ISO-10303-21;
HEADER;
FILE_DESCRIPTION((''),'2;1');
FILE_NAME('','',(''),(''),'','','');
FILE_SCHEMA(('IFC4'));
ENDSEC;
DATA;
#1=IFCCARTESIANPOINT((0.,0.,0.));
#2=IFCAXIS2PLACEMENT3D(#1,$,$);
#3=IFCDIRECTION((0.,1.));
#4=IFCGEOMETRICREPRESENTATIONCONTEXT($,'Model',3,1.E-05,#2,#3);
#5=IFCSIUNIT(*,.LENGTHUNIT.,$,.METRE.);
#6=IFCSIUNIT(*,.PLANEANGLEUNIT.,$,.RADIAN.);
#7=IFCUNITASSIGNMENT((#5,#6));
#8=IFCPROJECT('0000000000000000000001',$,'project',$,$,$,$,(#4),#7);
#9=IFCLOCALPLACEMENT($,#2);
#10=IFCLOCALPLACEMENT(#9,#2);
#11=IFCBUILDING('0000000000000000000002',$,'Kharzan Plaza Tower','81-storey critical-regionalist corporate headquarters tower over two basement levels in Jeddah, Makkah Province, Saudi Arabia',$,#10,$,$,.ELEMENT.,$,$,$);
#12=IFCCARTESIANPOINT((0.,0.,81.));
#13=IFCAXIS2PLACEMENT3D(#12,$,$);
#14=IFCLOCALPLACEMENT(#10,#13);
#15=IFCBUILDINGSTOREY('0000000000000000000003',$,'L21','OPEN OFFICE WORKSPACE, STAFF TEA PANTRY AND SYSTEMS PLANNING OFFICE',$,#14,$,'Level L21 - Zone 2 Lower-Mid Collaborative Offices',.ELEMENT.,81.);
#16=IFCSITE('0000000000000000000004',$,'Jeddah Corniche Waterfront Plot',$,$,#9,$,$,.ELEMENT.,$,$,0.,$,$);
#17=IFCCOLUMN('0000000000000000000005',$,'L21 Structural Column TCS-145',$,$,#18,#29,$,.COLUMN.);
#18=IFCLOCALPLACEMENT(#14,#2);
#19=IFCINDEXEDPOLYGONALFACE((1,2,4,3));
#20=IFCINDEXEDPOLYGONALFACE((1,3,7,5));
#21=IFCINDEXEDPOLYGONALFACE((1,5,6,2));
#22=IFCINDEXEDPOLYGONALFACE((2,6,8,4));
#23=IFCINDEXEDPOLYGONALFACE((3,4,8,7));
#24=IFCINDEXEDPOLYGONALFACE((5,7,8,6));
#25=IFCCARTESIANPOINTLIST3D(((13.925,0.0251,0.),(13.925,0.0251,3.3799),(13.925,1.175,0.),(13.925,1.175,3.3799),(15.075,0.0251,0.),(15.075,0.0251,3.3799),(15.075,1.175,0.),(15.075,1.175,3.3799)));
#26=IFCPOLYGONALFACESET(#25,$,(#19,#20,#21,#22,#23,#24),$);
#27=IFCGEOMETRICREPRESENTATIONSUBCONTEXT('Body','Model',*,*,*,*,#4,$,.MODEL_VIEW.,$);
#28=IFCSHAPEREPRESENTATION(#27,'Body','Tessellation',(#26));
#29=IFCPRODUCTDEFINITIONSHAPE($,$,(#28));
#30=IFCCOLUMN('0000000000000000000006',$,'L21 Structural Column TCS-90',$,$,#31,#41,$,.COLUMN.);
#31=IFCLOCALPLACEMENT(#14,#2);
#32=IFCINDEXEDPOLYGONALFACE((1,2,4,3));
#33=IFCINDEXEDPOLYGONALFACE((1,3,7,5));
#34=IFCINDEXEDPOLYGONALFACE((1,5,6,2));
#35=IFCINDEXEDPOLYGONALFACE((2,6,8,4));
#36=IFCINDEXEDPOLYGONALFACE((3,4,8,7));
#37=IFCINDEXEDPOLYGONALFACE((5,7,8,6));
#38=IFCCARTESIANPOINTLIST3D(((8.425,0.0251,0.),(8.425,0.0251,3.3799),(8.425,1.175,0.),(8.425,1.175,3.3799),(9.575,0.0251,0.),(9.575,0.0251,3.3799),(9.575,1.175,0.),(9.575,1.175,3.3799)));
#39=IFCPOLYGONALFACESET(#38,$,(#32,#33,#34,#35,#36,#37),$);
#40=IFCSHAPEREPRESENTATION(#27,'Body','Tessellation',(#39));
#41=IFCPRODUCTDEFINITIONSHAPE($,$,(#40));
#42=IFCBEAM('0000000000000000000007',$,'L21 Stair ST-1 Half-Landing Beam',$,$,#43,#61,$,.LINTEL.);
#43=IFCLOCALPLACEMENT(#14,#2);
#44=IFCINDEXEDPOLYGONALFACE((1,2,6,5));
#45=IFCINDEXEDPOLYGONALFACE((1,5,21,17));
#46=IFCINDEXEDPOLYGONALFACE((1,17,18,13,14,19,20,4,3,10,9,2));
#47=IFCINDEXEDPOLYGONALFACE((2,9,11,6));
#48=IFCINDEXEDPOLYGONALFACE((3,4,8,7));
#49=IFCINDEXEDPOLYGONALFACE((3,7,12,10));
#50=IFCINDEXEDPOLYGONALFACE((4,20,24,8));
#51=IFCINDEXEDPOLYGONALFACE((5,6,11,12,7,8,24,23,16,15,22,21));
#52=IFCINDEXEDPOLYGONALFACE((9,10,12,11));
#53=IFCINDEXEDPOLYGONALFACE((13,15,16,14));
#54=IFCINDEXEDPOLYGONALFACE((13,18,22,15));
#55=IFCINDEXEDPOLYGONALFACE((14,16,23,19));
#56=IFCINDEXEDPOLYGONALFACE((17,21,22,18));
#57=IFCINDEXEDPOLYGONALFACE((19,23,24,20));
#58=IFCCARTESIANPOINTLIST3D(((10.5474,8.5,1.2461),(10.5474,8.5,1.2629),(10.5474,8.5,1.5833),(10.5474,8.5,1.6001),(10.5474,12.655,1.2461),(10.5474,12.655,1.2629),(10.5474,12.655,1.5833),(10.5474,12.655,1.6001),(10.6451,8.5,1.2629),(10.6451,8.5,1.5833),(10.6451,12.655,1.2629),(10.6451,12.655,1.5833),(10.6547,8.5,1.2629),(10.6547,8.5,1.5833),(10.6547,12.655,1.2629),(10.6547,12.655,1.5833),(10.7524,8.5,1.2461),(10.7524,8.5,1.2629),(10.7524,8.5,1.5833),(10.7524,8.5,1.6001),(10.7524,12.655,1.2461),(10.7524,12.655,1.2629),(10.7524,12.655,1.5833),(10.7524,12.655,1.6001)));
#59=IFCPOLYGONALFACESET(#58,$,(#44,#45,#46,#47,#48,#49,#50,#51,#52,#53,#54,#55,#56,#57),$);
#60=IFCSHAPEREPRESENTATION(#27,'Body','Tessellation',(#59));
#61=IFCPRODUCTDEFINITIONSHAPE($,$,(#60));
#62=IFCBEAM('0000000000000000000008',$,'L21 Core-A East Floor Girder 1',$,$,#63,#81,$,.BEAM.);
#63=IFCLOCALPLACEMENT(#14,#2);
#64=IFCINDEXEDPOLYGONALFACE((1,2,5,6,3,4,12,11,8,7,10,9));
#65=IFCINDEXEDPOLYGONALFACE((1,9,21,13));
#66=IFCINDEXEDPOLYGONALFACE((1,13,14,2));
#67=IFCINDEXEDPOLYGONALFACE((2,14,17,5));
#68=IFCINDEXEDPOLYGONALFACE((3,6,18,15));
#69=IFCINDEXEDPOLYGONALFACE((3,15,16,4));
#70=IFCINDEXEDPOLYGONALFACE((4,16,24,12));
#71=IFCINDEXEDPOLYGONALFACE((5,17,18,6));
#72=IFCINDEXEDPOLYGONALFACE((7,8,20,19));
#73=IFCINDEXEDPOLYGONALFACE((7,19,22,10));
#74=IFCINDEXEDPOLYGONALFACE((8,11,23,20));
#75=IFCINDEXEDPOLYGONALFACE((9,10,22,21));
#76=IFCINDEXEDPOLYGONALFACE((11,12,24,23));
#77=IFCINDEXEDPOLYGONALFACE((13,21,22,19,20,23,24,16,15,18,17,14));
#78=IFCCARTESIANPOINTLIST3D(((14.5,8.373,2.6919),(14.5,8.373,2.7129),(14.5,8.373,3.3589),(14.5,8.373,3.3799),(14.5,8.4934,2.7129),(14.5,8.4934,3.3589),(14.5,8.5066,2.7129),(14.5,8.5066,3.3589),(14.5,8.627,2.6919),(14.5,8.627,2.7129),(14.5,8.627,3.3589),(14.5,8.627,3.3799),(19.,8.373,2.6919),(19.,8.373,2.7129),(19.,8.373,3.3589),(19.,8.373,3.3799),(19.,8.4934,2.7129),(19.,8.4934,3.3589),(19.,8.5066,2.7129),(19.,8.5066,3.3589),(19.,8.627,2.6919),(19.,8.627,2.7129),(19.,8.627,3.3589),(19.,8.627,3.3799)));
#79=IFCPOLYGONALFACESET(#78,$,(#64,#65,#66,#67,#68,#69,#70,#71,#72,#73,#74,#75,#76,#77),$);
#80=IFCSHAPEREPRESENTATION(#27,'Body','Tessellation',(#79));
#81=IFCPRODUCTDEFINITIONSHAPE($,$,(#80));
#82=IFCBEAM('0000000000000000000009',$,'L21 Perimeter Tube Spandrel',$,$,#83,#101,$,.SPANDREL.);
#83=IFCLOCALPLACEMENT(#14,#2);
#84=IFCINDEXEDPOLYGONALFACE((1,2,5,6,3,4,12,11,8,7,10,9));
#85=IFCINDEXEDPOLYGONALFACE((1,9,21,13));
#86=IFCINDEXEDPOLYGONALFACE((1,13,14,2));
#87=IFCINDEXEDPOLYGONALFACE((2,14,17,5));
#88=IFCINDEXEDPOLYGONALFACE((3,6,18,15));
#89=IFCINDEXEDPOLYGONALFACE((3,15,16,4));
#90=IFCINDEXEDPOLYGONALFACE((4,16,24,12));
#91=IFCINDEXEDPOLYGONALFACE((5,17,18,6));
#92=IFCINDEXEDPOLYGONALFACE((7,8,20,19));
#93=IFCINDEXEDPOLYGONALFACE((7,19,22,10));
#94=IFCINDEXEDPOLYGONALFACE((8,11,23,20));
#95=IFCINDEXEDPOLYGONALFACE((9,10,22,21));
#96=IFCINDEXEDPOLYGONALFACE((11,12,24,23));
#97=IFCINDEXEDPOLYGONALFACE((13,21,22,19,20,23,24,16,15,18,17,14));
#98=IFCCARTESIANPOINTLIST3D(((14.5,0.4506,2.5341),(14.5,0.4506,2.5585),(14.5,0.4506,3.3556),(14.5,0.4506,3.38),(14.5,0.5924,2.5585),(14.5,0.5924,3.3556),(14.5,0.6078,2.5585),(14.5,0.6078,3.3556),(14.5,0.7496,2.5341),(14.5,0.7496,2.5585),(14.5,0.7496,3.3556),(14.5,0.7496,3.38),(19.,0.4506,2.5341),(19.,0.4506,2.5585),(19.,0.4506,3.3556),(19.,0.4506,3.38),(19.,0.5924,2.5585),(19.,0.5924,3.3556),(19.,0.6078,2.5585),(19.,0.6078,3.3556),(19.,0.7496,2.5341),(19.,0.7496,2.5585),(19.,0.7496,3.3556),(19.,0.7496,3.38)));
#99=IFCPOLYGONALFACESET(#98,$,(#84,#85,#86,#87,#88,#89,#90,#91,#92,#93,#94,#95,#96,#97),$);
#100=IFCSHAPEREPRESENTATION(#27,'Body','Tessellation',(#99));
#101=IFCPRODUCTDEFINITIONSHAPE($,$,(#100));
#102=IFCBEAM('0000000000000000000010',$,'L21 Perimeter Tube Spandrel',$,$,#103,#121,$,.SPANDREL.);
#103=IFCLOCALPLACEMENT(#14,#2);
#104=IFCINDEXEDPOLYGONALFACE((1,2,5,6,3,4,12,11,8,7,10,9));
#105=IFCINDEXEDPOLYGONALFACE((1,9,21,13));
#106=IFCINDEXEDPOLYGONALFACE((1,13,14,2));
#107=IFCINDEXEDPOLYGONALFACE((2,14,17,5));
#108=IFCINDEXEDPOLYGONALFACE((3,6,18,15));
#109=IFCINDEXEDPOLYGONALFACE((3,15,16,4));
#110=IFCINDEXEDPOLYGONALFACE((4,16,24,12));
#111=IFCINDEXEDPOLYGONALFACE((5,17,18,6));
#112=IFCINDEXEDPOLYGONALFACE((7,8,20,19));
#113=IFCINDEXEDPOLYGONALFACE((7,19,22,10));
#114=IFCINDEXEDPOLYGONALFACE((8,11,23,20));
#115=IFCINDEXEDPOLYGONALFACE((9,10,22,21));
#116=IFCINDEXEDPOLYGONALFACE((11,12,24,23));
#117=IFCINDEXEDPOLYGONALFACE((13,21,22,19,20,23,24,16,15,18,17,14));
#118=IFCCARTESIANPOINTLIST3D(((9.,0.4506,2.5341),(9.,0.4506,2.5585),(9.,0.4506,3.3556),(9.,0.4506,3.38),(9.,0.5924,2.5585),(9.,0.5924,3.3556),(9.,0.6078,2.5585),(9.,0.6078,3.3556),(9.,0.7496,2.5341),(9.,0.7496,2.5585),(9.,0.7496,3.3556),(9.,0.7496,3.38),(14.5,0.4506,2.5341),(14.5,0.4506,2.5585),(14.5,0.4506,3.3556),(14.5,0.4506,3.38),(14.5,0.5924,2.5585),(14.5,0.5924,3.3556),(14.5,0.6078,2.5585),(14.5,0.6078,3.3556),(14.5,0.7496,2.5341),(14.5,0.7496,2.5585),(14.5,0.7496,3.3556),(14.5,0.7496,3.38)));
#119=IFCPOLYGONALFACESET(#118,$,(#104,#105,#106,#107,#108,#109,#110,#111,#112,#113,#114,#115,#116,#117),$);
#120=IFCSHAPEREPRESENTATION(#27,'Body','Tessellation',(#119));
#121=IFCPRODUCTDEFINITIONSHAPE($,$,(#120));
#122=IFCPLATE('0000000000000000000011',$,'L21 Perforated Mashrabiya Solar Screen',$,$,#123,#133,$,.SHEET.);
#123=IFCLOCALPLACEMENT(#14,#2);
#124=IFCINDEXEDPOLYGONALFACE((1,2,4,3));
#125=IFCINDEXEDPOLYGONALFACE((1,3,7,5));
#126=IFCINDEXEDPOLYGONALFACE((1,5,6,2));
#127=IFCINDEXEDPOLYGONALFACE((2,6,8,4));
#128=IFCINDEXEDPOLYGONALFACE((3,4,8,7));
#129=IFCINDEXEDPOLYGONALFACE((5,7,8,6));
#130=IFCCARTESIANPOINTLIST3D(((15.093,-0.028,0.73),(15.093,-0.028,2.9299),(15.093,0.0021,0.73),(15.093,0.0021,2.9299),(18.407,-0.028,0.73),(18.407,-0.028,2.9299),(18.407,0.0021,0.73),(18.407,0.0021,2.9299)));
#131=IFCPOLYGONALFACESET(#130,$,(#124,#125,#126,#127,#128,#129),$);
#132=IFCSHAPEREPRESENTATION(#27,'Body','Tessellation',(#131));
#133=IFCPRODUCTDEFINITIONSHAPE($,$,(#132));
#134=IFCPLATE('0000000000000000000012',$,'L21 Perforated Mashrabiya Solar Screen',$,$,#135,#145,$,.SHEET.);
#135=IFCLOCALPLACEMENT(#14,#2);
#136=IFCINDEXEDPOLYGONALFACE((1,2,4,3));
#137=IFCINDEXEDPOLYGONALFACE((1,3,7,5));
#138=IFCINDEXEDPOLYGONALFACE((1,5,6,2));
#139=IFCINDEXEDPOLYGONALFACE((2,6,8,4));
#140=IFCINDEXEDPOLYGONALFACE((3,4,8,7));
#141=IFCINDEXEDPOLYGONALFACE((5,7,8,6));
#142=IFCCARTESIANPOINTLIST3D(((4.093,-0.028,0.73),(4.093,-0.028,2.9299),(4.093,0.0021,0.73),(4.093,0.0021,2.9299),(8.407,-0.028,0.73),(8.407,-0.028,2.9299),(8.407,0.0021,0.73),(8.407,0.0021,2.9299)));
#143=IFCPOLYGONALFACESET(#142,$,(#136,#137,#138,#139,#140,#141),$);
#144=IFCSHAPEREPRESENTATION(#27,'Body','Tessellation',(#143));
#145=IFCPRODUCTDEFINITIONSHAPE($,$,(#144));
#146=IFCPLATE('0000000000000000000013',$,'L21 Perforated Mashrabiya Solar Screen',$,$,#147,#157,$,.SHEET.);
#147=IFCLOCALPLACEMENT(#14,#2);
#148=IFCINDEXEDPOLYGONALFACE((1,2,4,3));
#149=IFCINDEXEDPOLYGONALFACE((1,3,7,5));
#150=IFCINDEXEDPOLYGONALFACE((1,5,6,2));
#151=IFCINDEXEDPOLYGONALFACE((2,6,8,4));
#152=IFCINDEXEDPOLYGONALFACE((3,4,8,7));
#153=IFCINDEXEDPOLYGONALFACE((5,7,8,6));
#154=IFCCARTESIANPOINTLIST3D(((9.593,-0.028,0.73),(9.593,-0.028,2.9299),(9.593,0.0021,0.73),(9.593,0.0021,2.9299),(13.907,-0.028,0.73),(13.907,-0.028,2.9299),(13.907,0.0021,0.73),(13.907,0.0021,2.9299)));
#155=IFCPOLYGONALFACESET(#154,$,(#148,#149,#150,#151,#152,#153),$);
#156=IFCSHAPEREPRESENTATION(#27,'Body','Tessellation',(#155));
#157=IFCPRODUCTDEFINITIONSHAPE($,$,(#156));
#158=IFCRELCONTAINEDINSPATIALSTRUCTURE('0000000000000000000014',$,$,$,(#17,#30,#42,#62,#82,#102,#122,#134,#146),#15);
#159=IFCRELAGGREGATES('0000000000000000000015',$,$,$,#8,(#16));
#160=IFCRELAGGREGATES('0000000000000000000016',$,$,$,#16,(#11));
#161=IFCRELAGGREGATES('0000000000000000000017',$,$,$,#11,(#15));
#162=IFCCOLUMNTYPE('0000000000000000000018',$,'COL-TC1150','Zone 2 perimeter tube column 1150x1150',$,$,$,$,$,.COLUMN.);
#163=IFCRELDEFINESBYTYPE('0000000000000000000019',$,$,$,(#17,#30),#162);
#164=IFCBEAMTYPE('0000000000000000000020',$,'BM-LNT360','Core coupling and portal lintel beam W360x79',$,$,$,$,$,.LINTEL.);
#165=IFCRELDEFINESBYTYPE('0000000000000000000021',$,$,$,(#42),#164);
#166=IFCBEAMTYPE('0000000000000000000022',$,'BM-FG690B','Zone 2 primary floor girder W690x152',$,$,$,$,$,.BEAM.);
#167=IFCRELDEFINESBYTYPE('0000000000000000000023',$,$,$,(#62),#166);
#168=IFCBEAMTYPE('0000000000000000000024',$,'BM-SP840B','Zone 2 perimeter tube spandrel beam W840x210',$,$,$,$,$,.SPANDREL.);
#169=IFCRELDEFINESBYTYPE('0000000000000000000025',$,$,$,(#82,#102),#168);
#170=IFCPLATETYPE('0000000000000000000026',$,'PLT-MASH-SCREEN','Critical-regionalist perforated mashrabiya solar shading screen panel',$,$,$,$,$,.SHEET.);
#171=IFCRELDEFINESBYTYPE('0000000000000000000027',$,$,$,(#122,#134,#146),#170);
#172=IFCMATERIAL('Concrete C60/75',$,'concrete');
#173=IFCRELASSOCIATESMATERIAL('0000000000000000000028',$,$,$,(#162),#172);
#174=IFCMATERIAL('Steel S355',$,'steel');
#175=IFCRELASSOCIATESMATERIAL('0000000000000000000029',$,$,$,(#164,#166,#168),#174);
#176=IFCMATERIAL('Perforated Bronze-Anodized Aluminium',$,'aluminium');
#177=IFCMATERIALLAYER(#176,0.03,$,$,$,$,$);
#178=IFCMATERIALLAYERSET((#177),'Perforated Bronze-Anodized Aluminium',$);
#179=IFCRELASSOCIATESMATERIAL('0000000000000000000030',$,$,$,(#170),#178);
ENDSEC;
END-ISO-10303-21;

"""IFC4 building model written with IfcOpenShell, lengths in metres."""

from ifc_helpers import new_model, si_unit, direction, frame, origin, origin_2d, place, context, subcontext, project, spatial, rectangle, i_section, extrude, source, transform, mapped, material, layer, layer_set, material_profile, profile_set, type_object, element, save


model = new_model("IFC4")

# Units and contexts
model_context = context("Model", 3, precision=1e-05, world=origin(), true_north=direction((0.0, 1.0)))
body_context = subcontext(model_context, "Body", "Model", "MODEL_VIEW")
ifc_project = project(units=[si_unit("LENGTHUNIT", "METRE"), si_unit("PLANEANGLEUNIT", "RADIAN")], contexts=[model_context])

# Site, building, storey
site_placement = place(None, origin())
site = spatial("IfcSite", under=ifc_project, at=site_placement, Name="Jeddah Corniche Waterfront Plot", CompositionType="ELEMENT", RefElevation=0.0)
building_placement = place(site_placement, origin())
building = spatial("IfcBuilding", under=site, at=building_placement, Name="Kharzan Plaza Tower", Description="81-storey critical-regionalist corporate headquarters tower over two basement levels in Jeddah, Makkah Province, Saudi Arabia", CompositionType="ELEMENT")
storey_placement = place(building_placement, frame((0.0, 0.0, 81.0)))
storey = spatial("IfcBuildingStorey", under=building, at=storey_placement, Name="L21", Description="OPEN OFFICE WORKSPACE, STAFF TEA PANTRY AND SYSTEMS PLANNING OFFICE", LongName="Level L21 - Zone 2 Lower-Mid Collaborative Offices", CompositionType="ELEMENT", Elevation=81.0)

# Columns
ifc_material_1 = material(Name="Concrete C60/75", Category="concrete")
ifc_material_profile_1 = material_profile(ifc_material_1, rectangle(XDim=1.1499, YDim=1.1499, at=origin_2d()), Name="RC-TC1150x1150")
ifc_profile_set_1 = profile_set([ifc_material_profile_1], Name="Concrete C60/75")
column_type = type_object("IfcColumnType", Name="COL-TC1150", Description="Zone 2 perimeter tube column 1150x1150", PredefinedType="COLUMN", material=ifc_profile_set_1)
shared_shape_1 = source(origin(), body_context, "Body", "SweptSolid", [
    extrude(rectangle(XDim=1.1499, YDim=1.1499, at=origin_2d()), origin(), (0.0, 0.0, 1.0), 3.3799),
])
for number, where, z_axis, x_axis, name in (
    (1, (14.5, 0.6001, 0.0), (0.0, 0.0, 1.0), (1.0, 0.0, 0.0), "L21 Structural Column TCS-145"),
    (2, (9.0, 0.6001, 0.0), (0.0, 0.0, 1.0), (1.0, 0.0, 0.0), "L21 Structural Column TCS-90"),
):
    element("IfcColumn", number, at=place(storey_placement, frame(where, z_axis=z_axis, x_axis=x_axis)), inside=storey, type_object=column_type, Name=name, PredefinedType="COLUMN", context=body_context, shape_type="MappedRepresentation", body=[
        mapped(shared_shape_1, transform((0.0, 0.0, 0.0), x_axis=(1.0, 0.0, 0.0), y_axis=(0.0, 1.0, 0.0), z_axis=(0.0, 0.0, 1.0))),
    ])

# Beams
ifc_material_2 = material(Name="Steel S355", Category="steel")
ifc_material_profile_2 = material_profile(ifc_material_2, i_section(OverallWidth=0.2051, OverallDepth=0.354, WebThickness=0.0095, FlangeThickness=0.0168, at=origin_2d()), Name="W360x79")
ifc_profile_set_2 = profile_set([ifc_material_profile_2], Name="Steel S355")
beam_type_1 = type_object("IfcBeamType", Name="BM-LNT360", Description="Core coupling and portal lintel beam W360x79", PredefinedType="LINTEL", material=ifc_profile_set_2)
shared_shape_2 = source(origin(), body_context, "Body", "SweptSolid", [
    extrude(i_section(OverallWidth=0.2051, OverallDepth=0.354, WebThickness=0.0095, FlangeThickness=0.0168, at=origin_2d()), origin(), (0.0, 0.0, 1.0), 4.155),
])
beam_1_placement = place(storey_placement, frame((10.6499, 8.5, 1.4231), z_axis=(0.0, 1.0, 0.0), x_axis=(-1.0, 0.0, 0.0)))
element("IfcBeam", 3, at=beam_1_placement, inside=storey, type_object=beam_type_1, Name="L21 Stair ST-1 Half-Landing Beam", PredefinedType="LINTEL", context=body_context, shape_type="MappedRepresentation", body=[
    mapped(shared_shape_2, transform((0.0, 0.0, 0.0), x_axis=(1.0, 0.0, 0.0), y_axis=(0.0, 1.0, 0.0), z_axis=(0.0, 0.0, 1.0))),
])
ifc_material_profile_3 = material_profile(ifc_material_2, i_section(OverallWidth=0.2539, OverallDepth=0.688, WebThickness=0.0132, FlangeThickness=0.021, at=origin_2d()), Name="W690x152")
ifc_profile_set_3 = profile_set([ifc_material_profile_3], Name="Steel S355")
beam_type_2 = type_object("IfcBeamType", Name="BM-FG690B", Description="Zone 2 primary floor girder W690x152", PredefinedType="BEAM", material=ifc_profile_set_3)
shared_shape_3 = source(origin(), body_context, "Body", "SweptSolid", [
    extrude(i_section(OverallWidth=0.2539, OverallDepth=0.688, WebThickness=0.0132, FlangeThickness=0.021, at=origin_2d()), origin(), (0.0, 0.0, 1.0), 4.5),
])
beam_2_placement = place(storey_placement, frame((14.5, 8.5, 3.0359), z_axis=(1.0, 0.0, 0.0), x_axis=(0.0, 1.0, 0.0)))
element("IfcBeam", 4, at=beam_2_placement, inside=storey, type_object=beam_type_2, Name="L21 Core-A East Floor Girder 1", PredefinedType="BEAM", context=body_context, shape_type="MappedRepresentation", body=[
    mapped(shared_shape_3, transform((0.0, 0.0, 0.0), x_axis=(1.0, 0.0, 0.0), y_axis=(0.0, 1.0, 0.0), z_axis=(0.0, 0.0, 1.0))),
])
ifc_material_profile_4 = material_profile(ifc_material_2, i_section(OverallWidth=0.2991, OverallDepth=0.8459, WebThickness=0.0154, FlangeThickness=0.0244, at=origin_2d()), Name="W840x210")
ifc_profile_set_4 = profile_set([ifc_material_profile_4], Name="Steel S355")
beam_type_3 = type_object("IfcBeamType", Name="BM-SP840B", Description="Zone 2 perimeter tube spandrel beam W840x210", PredefinedType="SPANDREL", material=ifc_profile_set_4)
shared_shape_4 = source(origin(), body_context, "Body", "SweptSolid", [
    extrude(i_section(OverallWidth=0.2991, OverallDepth=0.8459, WebThickness=0.0154, FlangeThickness=0.0244, at=origin_2d()), origin(), (0.0, 0.0, 1.0), 4.5),
])
beam_3_placement = place(storey_placement, frame((14.5, 0.6001, 2.957), z_axis=(1.0, 0.0, 0.0), x_axis=(0.0, 1.0, 0.0)))
element("IfcBeam", 5, at=beam_3_placement, inside=storey, type_object=beam_type_3, Name="L21 Perimeter Tube Spandrel", PredefinedType="SPANDREL", context=body_context, shape_type="MappedRepresentation", body=[
    mapped(shared_shape_4, transform((0.0, 0.0, 0.0), x_axis=(1.0, 0.0, 0.0), y_axis=(0.0, 1.0, 0.0), z_axis=(0.0, 0.0, 1.0))),
])
shared_shape_5 = source(origin(), body_context, "Body", "SweptSolid", [
    extrude(i_section(OverallWidth=0.2991, OverallDepth=0.8459, WebThickness=0.0154, FlangeThickness=0.0244, at=origin_2d()), origin(), (0.0, 0.0, 1.0), 5.5),
])
beam_4_placement = place(storey_placement, frame((9.0, 0.6001, 2.957), z_axis=(1.0, 0.0, 0.0), x_axis=(0.0, 1.0, 0.0)))
element("IfcBeam", 6, at=beam_4_placement, inside=storey, type_object=beam_type_3, Name="L21 Perimeter Tube Spandrel", PredefinedType="SPANDREL", context=body_context, shape_type="MappedRepresentation", body=[
    mapped(shared_shape_5, transform((0.0, 0.0, 0.0), x_axis=(1.0, 0.0, 0.0), y_axis=(0.0, 1.0, 0.0), z_axis=(0.0, 0.0, 1.0))),
])

# Plates
ifc_material_3 = material(Name="Perforated Bronze-Anodized Aluminium", Category="aluminium")
ifc_layer_1 = layer(ifc_material_3, 0.03)
ifc_layer_set_1 = layer_set([ifc_layer_1], Name="Perforated Bronze-Anodized Aluminium")
plate_type = type_object("IfcPlateType", Name="PLT-MASH-SCREEN", Description="Critical-regionalist perforated mashrabiya solar shading screen panel", PredefinedType="SHEET", material=ifc_layer_set_1)
shared_shape_6 = source(origin(), body_context, "Body", "SweptSolid", [
    extrude(rectangle(XDim=3.314, YDim=0.03, at=origin_2d()), origin(), (0.0, 0.0, 1.0), 2.2),
])
plate_placement = place(storey_placement, frame((16.75, -0.0129, 0.73), z_axis=(0.0, 0.0, 1.0), x_axis=(1.0, 0.0, 0.0)))
element("IfcPlate", 7, at=plate_placement, inside=storey, type_object=plate_type, Name="L21 Perforated Mashrabiya Solar Screen", PredefinedType="SHEET", context=body_context, shape_type="MappedRepresentation", body=[
    mapped(shared_shape_6, transform((0.0, 0.0, 0.0), x_axis=(1.0, 0.0, 0.0), y_axis=(0.0, 1.0, 0.0), z_axis=(0.0, 0.0, 1.0))),
])
shared_shape_7 = source(origin(), body_context, "Body", "SweptSolid", [
    extrude(rectangle(XDim=4.314, YDim=0.03, at=origin_2d()), origin(), (0.0, 0.0, 1.0), 2.2),
])
for number, where, z_axis, x_axis, name in (
    (8, (6.25, -0.0129, 0.73), (0.0, 0.0, 1.0), (1.0, 0.0, 0.0), "L21 Perforated Mashrabiya Solar Screen"),
    (9, (11.75, -0.0129, 0.73), (0.0, 0.0, 1.0), (1.0, 0.0, 0.0), "L21 Perforated Mashrabiya Solar Screen"),
):
    element("IfcPlate", number, at=place(storey_placement, frame(where, z_axis=z_axis, x_axis=x_axis)), inside=storey, type_object=plate_type, Name=name, PredefinedType="SHEET", context=body_context, shape_type="MappedRepresentation", body=[
        mapped(shared_shape_7, transform((0.0, 0.0, 0.0), x_axis=(1.0, 0.0, 0.0), y_axis=(0.0, 1.0, 0.0), z_axis=(0.0, 0.0, 1.0))),
    ])

save(model, "model.ifc")
